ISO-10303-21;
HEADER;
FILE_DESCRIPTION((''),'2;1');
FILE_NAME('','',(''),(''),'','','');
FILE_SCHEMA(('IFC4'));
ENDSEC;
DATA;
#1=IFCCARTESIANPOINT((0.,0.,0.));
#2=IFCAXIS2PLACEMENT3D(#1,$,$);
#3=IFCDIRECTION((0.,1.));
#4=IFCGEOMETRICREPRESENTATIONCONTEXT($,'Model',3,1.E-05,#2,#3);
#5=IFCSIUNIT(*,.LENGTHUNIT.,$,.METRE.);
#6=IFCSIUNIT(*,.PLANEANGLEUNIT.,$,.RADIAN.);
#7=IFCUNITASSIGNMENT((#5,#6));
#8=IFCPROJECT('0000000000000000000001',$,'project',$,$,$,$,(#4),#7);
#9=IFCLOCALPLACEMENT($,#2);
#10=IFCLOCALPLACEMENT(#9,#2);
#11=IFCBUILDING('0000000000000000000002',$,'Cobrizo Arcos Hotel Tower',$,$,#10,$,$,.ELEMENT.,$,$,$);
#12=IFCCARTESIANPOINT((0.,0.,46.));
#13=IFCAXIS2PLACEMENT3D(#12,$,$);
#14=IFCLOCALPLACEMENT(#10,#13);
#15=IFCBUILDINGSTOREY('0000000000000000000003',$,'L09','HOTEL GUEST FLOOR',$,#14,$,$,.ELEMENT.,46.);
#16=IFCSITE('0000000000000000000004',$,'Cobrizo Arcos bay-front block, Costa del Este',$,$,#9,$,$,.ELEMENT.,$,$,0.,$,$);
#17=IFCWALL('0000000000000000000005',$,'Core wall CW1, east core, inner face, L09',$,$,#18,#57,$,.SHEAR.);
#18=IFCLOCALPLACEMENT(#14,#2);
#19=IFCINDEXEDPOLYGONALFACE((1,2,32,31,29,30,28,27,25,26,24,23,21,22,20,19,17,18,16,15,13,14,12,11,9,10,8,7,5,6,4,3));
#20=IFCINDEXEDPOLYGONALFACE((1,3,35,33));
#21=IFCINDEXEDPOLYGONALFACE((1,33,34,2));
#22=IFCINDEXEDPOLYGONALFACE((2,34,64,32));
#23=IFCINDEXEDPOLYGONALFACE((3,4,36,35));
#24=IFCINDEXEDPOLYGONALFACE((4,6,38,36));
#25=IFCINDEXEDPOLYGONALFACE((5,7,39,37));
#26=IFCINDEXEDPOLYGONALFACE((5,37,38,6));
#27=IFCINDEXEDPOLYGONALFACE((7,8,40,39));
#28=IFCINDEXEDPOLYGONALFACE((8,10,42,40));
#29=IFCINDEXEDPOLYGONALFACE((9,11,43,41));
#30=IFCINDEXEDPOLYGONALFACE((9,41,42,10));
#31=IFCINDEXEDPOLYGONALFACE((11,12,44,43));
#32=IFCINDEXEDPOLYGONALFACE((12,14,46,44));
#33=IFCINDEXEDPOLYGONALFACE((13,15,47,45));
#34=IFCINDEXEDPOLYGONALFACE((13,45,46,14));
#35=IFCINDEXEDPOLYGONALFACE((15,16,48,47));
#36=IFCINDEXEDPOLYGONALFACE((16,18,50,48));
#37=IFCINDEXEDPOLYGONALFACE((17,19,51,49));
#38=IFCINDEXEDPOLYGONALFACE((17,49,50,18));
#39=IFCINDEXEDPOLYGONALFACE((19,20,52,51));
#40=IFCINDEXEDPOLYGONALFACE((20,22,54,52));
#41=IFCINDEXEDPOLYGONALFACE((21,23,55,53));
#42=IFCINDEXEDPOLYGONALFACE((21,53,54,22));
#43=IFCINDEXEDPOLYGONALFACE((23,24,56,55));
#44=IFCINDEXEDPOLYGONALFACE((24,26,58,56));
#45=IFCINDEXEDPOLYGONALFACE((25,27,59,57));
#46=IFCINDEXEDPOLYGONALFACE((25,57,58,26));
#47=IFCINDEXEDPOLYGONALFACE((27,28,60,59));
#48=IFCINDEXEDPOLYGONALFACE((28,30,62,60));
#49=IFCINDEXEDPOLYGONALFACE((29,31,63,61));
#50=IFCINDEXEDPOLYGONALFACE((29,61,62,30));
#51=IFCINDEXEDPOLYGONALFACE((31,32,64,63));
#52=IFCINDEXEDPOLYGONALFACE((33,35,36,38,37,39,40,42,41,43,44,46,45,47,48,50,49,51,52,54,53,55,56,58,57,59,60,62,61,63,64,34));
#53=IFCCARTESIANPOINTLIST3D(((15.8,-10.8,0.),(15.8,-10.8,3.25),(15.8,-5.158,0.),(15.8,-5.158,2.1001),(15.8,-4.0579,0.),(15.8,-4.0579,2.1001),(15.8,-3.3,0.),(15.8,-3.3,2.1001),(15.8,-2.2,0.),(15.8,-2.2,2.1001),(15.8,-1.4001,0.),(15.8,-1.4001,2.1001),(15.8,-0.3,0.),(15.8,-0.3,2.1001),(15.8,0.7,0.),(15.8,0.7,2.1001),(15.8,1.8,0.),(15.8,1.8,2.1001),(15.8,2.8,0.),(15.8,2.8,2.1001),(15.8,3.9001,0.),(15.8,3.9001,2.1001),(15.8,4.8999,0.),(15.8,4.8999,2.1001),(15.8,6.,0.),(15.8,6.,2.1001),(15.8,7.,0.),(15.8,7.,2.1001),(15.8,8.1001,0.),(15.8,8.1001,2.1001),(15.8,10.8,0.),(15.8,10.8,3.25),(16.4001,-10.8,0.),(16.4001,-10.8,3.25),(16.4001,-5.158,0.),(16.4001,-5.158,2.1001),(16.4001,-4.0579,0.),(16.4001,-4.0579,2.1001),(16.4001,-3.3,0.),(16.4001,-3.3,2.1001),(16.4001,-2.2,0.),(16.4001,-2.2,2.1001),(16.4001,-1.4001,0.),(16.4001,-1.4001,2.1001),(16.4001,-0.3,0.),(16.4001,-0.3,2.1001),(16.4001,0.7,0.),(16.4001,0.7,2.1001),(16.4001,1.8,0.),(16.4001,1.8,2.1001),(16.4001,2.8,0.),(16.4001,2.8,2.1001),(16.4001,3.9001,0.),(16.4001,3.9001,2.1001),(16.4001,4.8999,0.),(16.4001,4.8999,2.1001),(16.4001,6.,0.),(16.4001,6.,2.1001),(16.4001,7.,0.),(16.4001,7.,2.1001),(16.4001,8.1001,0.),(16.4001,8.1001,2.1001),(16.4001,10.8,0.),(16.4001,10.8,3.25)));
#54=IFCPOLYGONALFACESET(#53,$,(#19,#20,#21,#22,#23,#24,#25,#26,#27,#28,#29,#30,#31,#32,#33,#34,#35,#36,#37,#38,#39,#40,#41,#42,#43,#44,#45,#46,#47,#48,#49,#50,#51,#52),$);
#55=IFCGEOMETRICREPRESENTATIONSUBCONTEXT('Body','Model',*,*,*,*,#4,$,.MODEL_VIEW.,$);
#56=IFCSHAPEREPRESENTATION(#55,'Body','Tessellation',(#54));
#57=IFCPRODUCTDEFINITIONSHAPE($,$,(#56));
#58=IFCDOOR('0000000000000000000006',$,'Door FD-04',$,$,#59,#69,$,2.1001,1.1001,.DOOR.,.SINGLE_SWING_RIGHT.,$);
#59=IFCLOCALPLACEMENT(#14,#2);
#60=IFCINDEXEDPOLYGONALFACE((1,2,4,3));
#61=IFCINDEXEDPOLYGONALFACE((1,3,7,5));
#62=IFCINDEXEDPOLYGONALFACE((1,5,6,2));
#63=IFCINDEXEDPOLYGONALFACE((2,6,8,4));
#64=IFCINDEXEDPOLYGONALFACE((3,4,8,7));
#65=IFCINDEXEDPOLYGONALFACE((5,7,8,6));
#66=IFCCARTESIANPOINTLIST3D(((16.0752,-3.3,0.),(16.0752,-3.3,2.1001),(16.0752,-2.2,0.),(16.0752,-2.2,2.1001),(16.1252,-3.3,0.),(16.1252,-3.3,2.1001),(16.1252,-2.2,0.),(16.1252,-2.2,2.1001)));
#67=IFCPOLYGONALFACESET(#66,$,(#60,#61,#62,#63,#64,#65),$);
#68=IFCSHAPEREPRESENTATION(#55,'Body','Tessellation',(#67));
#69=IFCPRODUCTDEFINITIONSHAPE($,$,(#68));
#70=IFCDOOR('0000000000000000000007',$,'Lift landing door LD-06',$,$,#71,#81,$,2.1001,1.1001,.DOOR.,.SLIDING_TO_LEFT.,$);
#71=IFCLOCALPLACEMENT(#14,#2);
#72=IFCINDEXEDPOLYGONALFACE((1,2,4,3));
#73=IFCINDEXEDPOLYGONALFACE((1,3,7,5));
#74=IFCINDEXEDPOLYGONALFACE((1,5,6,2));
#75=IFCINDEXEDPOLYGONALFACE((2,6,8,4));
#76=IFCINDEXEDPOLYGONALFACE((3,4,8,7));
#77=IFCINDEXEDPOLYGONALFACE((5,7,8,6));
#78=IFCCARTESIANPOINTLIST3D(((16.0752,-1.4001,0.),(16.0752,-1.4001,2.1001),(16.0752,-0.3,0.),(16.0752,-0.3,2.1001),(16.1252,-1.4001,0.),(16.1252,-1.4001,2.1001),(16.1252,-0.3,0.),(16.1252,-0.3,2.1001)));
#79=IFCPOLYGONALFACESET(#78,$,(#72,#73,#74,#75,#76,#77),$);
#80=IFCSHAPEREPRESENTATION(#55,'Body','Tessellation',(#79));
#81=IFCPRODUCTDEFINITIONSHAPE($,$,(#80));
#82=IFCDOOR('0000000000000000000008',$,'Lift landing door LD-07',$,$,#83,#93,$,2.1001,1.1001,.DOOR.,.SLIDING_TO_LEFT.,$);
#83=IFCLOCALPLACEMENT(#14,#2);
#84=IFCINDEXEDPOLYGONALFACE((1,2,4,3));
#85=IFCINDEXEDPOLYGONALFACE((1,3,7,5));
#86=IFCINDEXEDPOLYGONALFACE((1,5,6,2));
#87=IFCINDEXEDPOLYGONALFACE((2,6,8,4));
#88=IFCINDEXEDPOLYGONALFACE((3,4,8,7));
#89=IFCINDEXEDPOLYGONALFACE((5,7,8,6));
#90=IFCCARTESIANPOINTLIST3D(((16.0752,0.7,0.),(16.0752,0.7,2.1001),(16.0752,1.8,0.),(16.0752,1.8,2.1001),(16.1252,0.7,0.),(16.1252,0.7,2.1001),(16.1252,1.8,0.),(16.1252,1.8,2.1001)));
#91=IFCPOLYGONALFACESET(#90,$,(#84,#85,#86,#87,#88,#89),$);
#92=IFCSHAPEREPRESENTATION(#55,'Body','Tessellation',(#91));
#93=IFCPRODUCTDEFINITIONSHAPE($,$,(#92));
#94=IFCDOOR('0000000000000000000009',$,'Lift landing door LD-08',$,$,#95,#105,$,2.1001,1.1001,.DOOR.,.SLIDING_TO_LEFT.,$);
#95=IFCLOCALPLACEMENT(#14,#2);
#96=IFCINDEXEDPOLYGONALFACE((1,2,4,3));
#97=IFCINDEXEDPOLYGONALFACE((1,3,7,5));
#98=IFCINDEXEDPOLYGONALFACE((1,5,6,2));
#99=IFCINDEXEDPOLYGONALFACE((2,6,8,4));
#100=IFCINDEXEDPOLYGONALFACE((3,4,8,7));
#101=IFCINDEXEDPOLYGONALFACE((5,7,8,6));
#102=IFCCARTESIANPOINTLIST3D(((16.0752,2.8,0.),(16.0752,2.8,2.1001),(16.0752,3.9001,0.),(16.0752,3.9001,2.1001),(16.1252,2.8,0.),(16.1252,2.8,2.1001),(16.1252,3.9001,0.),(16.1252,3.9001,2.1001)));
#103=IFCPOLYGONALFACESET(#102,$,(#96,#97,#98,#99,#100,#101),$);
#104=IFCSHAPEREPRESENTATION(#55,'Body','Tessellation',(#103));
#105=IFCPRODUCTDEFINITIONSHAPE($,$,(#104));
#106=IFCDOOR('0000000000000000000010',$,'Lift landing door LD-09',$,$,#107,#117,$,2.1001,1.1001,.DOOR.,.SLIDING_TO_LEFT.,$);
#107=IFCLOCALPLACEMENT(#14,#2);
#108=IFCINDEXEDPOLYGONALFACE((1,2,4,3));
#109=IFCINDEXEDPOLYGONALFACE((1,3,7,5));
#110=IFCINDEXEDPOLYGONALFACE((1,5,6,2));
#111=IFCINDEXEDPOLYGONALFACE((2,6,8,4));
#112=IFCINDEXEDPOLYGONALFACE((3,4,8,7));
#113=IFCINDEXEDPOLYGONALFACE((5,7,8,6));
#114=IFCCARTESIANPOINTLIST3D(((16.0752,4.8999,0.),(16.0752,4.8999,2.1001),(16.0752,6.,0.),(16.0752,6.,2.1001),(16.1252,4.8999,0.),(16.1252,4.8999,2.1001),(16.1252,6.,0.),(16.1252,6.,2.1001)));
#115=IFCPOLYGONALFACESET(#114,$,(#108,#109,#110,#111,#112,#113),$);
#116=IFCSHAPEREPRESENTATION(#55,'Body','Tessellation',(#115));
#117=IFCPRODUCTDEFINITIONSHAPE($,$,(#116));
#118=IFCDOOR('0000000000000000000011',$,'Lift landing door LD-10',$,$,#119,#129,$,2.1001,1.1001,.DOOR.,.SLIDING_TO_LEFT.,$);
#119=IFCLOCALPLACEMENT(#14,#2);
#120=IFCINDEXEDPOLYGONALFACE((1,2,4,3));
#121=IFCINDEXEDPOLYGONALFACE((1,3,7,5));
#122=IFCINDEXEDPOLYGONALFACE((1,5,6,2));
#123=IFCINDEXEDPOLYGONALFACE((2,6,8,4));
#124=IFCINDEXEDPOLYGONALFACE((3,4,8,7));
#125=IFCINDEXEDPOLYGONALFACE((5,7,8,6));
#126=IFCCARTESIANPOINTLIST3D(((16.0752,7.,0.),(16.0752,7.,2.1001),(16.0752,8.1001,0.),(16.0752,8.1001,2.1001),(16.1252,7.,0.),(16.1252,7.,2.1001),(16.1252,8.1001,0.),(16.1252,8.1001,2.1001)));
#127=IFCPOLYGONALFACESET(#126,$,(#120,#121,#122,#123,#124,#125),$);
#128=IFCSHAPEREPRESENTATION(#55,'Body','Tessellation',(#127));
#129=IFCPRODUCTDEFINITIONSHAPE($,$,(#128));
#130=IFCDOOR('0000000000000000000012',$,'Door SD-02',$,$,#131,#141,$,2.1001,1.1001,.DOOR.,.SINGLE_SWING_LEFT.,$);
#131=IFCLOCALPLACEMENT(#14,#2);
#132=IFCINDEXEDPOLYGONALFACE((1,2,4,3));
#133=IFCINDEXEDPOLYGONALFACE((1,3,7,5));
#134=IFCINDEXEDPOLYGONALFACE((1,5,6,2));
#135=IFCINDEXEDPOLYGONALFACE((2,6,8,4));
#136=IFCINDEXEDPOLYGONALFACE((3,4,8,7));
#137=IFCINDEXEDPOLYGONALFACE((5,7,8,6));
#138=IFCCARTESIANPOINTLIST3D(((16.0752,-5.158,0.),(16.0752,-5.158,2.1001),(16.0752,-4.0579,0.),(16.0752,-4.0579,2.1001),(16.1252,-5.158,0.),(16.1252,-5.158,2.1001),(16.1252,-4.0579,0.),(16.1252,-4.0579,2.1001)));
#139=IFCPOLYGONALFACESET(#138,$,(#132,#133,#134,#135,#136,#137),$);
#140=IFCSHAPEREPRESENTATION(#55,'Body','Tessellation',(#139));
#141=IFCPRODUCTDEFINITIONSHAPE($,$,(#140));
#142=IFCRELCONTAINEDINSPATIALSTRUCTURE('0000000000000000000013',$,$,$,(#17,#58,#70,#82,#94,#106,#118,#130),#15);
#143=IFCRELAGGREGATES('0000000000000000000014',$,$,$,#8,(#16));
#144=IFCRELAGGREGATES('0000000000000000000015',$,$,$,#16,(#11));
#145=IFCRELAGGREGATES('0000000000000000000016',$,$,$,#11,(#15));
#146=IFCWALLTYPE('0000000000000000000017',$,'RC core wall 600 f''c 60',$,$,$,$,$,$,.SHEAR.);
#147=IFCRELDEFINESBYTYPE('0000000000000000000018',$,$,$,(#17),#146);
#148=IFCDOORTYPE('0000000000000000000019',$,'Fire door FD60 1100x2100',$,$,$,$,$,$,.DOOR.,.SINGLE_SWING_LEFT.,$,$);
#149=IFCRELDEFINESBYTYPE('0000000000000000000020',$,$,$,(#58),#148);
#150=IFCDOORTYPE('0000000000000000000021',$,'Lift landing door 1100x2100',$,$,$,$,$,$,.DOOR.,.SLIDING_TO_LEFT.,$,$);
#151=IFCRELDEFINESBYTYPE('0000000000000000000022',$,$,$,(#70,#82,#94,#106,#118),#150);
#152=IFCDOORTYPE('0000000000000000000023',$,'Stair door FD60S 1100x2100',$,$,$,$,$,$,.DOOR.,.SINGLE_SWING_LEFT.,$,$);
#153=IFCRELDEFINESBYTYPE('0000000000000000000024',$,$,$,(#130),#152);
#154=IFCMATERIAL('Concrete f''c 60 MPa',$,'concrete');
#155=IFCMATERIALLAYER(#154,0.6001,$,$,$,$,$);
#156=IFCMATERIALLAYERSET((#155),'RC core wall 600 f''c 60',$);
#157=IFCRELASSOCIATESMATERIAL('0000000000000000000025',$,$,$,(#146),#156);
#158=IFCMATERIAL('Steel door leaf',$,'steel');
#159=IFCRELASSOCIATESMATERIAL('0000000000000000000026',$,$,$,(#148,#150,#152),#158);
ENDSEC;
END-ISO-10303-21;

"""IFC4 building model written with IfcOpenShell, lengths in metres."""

from ifc_helpers import new_model, si_unit, direction, frame, frame_2d, origin, place, context, subcontext, project, spatial, rectangle, extrude, material, layer, layer_set, type_object, element, fill, save


model = new_model("IFC4")

# Units and contexts
model_context = context("Model", 3, precision=1e-05, world=origin(), true_north=direction((0.0, 1.0)))
body_context = subcontext(model_context, "Body", "Model", "MODEL_VIEW")
ifc_project = project(units=[si_unit("LENGTHUNIT", "METRE"), si_unit("PLANEANGLEUNIT", "RADIAN")], contexts=[model_context])

# Site, building, storey
site_placement = place(None, origin())
site = spatial("IfcSite", under=ifc_project, at=site_placement, Name="Cobrizo Arcos bay-front block, Costa del Este", CompositionType="ELEMENT", RefElevation=0.0)
building_placement = place(site_placement, origin())
building = spatial("IfcBuilding", under=site, at=building_placement, Name="Cobrizo Arcos Hotel Tower", CompositionType="ELEMENT")
storey_placement = place(building_placement, frame((0.0, 0.0, 46.0)))
storey = spatial("IfcBuildingStorey", under=building, at=storey_placement, Name="L09", Description="HOTEL GUEST FLOOR", CompositionType="ELEMENT", Elevation=46.0)

# Wall, openings, doors
ifc_material_1 = material(Name="Concrete f'c 60 MPa", Category="concrete")
ifc_layer_1 = layer(ifc_material_1, 0.6001)
ifc_layer_set_1 = layer_set([ifc_layer_1], Name="RC core wall 600 f'c 60")
wall_type_1 = type_object("IfcWallType", Name="RC core wall 600 f'c 60", PredefinedType="SHEAR", material=ifc_layer_set_1)
wall_1_placement = place(storey_placement, frame((16.1001, -10.8, 0.0), z_axis=(0.0, 0.0, 1.0), x_axis=(0.0, 1.0, 0.0)))
wall_1 = element("IfcWall", 1, at=wall_1_placement, inside=storey, type_object=wall_type_1, Name="Core wall CW1, east core, inner face, L09", PredefinedType="SHEAR", context=body_context, shape_type="SweptSolid", body=[
    extrude(rectangle(XDim=21.6001, YDim=0.6001, at=frame_2d((10.8, 0.0))), origin(), (0.0, 0.0, 1.0), 3.25),
])
opening_1_placement = place(wall_1_placement, frame((9.3999, 0.0, 0.0)))
opening_1 = element("IfcOpeningElement", 2, at=opening_1_placement, cuts=wall_1, PredefinedType="OPENING", context=body_context, shape_type="SweptSolid", body=[
    extrude(rectangle(XDim=1.1001, YDim=2.1001, at=frame_2d((0.55, 1.05))), frame((0.0, 0.312, 0.0), z_axis=(0.0, -1.0, 0.0), x_axis=(1.0, 0.0, 0.0)), (0.0, 0.0, 1.0), 0.624),
])
opening_2_placement = place(wall_1_placement, frame((11.5, 0.0, 0.0)))
opening_2 = element("IfcOpeningElement", 3, at=opening_2_placement, cuts=wall_1, PredefinedType="OPENING", context=body_context, shape_type="SweptSolid", body=[
    extrude(rectangle(XDim=1.1001, YDim=2.1001, at=frame_2d((0.55, 1.05))), frame((0.0, 0.312, 0.0), z_axis=(0.0, -1.0, 0.0), x_axis=(1.0, 0.0, 0.0)), (0.0, 0.0, 1.0), 0.624),
])
opening_3_placement = place(wall_1_placement, frame((13.6001, 0.0, 0.0)))
opening_3 = element("IfcOpeningElement", 4, at=opening_3_placement, cuts=wall_1, PredefinedType="OPENING", context=body_context, shape_type="SweptSolid", body=[
    extrude(rectangle(XDim=1.1001, YDim=2.1001, at=frame_2d((0.55, 1.05))), frame((0.0, 0.312, 0.0), z_axis=(0.0, -1.0, 0.0), x_axis=(1.0, 0.0, 0.0)), (0.0, 0.0, 1.0), 0.624),
])
opening_4_placement = place(wall_1_placement, frame((15.7, 0.0, 0.0)))
opening_4 = element("IfcOpeningElement", 5, at=opening_4_placement, cuts=wall_1, PredefinedType="OPENING", context=body_context, shape_type="SweptSolid", body=[
    extrude(rectangle(XDim=1.1001, YDim=2.1001, at=frame_2d((0.55, 1.05))), frame((0.0, 0.312, 0.0), z_axis=(0.0, -1.0, 0.0), x_axis=(1.0, 0.0, 0.0)), (0.0, 0.0, 1.0), 0.624),
])
opening_5_placement = place(wall_1_placement, frame((17.8, 0.0, 0.0)))
opening_5 = element("IfcOpeningElement", 6, at=opening_5_placement, cuts=wall_1, PredefinedType="OPENING", context=body_context, shape_type="SweptSolid", body=[
    extrude(rectangle(XDim=1.1001, YDim=2.1001, at=frame_2d((0.55, 1.05))), frame((0.0, 0.312, 0.0), z_axis=(0.0, -1.0, 0.0), x_axis=(1.0, 0.0, 0.0)), (0.0, 0.0, 1.0), 0.624),
])
opening_6_placement = place(wall_1_placement, frame((5.6421, 0.0, 0.0)))
opening_6 = element("IfcOpeningElement", 7, at=opening_6_placement, cuts=wall_1, PredefinedType="OPENING", context=body_context, shape_type="SweptSolid", body=[
    extrude(rectangle(XDim=1.1001, YDim=2.1001, at=frame_2d((0.55, 1.05))), frame((0.0, 0.312, 0.0), z_axis=(0.0, -1.0, 0.0), x_axis=(1.0, 0.0, 0.0)), (0.0, 0.0, 1.0), 0.624),
])
opening_7_placement = place(wall_1_placement, frame((7.5, 0.0, 0.0)))
opening_7 = element("IfcOpeningElement", 8, at=opening_7_placement, cuts=wall_1, PredefinedType="OPENING", context=body_context, shape_type="SweptSolid", body=[
    extrude(rectangle(XDim=1.1001, YDim=2.1001, at=frame_2d((0.55, 1.05))), frame((0.0, 0.312, 0.0), z_axis=(0.0, -1.0, 0.0), x_axis=(1.0, 0.0, 0.0)), (0.0, 0.0, 1.0), 0.624),
])
ifc_material_2 = material(Name="Steel door leaf", Category="steel")
door_type_1 = type_object("IfcDoorType", Name="Fire door FD60 1100x2100", OperationType="SINGLE_SWING_LEFT", PredefinedType="DOOR", material=ifc_material_2)
door_1_placement = place(opening_7_placement, origin())
door_1 = element("IfcDoor", 9, at=door_1_placement, inside=storey, type_object=door_type_1, Name="Door FD-04", OperationType="SINGLE_SWING_RIGHT", OverallHeight=2.1001, OverallWidth=1.1001, PredefinedType="DOOR", context=body_context, shape_type="SweptSolid", body=[
    extrude(rectangle(XDim=1.1001, YDim=2.1001, at=frame_2d((0.55, 1.05))), frame((0.0, 0.0249, 0.0), z_axis=(0.0, -1.0, 0.0), x_axis=(1.0, 0.0, 0.0)), (0.0, 0.0, 1.0), 0.05),
])
fill(opening_7, door_1)
door_type_2 = type_object("IfcDoorType", Name="Lift landing door 1100x2100", OperationType="SLIDING_TO_LEFT", PredefinedType="DOOR", material=ifc_material_2)
door_2_placement = place(opening_1_placement, origin())
door_2 = element("IfcDoor", 10, at=door_2_placement, inside=storey, type_object=door_type_2, Name="Lift landing door LD-06", OperationType="SLIDING_TO_LEFT", OverallHeight=2.1001, OverallWidth=1.1001, PredefinedType="DOOR", context=body_context, shape_type="SweptSolid", body=[
    extrude(rectangle(XDim=1.1001, YDim=2.1001, at=frame_2d((0.55, 1.05))), frame((0.0, 0.0249, 0.0), z_axis=(0.0, -1.0, 0.0), x_axis=(1.0, 0.0, 0.0)), (0.0, 0.0, 1.0), 0.05),
])
fill(opening_1, door_2)
door_3_placement = place(opening_2_placement, origin())
door_3 = element("IfcDoor", 11, at=door_3_placement, inside=storey, type_object=door_type_2, Name="Lift landing door LD-07", OperationType="SLIDING_TO_LEFT", OverallHeight=2.1001, OverallWidth=1.1001, PredefinedType="DOOR", context=body_context, shape_type="SweptSolid", body=[
    extrude(rectangle(XDim=1.1001, YDim=2.1001, at=frame_2d((0.55, 1.05))), frame((0.0, 0.0249, 0.0), z_axis=(0.0, -1.0, 0.0), x_axis=(1.0, 0.0, 0.0)), (0.0, 0.0, 1.0), 0.05),
])
fill(opening_2, door_3)
door_4_placement = place(opening_3_placement, origin())
door_4 = element("IfcDoor", 12, at=door_4_placement, inside=storey, type_object=door_type_2, Name="Lift landing door LD-08", OperationType="SLIDING_TO_LEFT", OverallHeight=2.1001, OverallWidth=1.1001, PredefinedType="DOOR", context=body_context, shape_type="SweptSolid", body=[
    extrude(rectangle(XDim=1.1001, YDim=2.1001, at=frame_2d((0.55, 1.05))), frame((0.0, 0.0249, 0.0), z_axis=(0.0, -1.0, 0.0), x_axis=(1.0, 0.0, 0.0)), (0.0, 0.0, 1.0), 0.05),
])
fill(opening_3, door_4)
door_5_placement = place(opening_4_placement, origin())
door_5 = element("IfcDoor", 13, at=door_5_placement, inside=storey, type_object=door_type_2, Name="Lift landing door LD-09", OperationType="SLIDING_TO_LEFT", OverallHeight=2.1001, OverallWidth=1.1001, PredefinedType="DOOR", context=body_context, shape_type="SweptSolid", body=[
    extrude(rectangle(XDim=1.1001, YDim=2.1001, at=frame_2d((0.55, 1.05))), frame((0.0, 0.0249, 0.0), z_axis=(0.0, -1.0, 0.0), x_axis=(1.0, 0.0, 0.0)), (0.0, 0.0, 1.0), 0.05),
])
fill(opening_4, door_5)
door_6_placement = place(opening_5_placement, origin())
door_6 = element("IfcDoor", 14, at=door_6_placement, inside=storey, type_object=door_type_2, Name="Lift landing door LD-10", OperationType="SLIDING_TO_LEFT", OverallHeight=2.1001, OverallWidth=1.1001, PredefinedType="DOOR", context=body_context, shape_type="SweptSolid", body=[
    extrude(rectangle(XDim=1.1001, YDim=2.1001, at=frame_2d((0.55, 1.05))), frame((0.0, 0.0249, 0.0), z_axis=(0.0, -1.0, 0.0), x_axis=(1.0, 0.0, 0.0)), (0.0, 0.0, 1.0), 0.05),
])
fill(opening_5, door_6)
door_type_3 = type_object("IfcDoorType", Name="Stair door FD60S 1100x2100", OperationType="SINGLE_SWING_LEFT", PredefinedType="DOOR", material=ifc_material_2)
door_7_placement = place(opening_6_placement, origin())
door_7 = element("IfcDoor", 15, at=door_7_placement, inside=storey, type_object=door_type_3, Name="Door SD-02", OperationType="SINGLE_SWING_LEFT", OverallHeight=2.1001, OverallWidth=1.1001, PredefinedType="DOOR", context=body_context, shape_type="SweptSolid", body=[
    extrude(rectangle(XDim=1.1001, YDim=2.1001, at=frame_2d((0.55, 1.05))), frame((0.0, 0.0249, 0.0), z_axis=(0.0, -1.0, 0.0), x_axis=(1.0, 0.0, 0.0)), (0.0, 0.0, 1.0), 0.05),
])
fill(opening_6, door_7)

save(model, "model.ifc")
